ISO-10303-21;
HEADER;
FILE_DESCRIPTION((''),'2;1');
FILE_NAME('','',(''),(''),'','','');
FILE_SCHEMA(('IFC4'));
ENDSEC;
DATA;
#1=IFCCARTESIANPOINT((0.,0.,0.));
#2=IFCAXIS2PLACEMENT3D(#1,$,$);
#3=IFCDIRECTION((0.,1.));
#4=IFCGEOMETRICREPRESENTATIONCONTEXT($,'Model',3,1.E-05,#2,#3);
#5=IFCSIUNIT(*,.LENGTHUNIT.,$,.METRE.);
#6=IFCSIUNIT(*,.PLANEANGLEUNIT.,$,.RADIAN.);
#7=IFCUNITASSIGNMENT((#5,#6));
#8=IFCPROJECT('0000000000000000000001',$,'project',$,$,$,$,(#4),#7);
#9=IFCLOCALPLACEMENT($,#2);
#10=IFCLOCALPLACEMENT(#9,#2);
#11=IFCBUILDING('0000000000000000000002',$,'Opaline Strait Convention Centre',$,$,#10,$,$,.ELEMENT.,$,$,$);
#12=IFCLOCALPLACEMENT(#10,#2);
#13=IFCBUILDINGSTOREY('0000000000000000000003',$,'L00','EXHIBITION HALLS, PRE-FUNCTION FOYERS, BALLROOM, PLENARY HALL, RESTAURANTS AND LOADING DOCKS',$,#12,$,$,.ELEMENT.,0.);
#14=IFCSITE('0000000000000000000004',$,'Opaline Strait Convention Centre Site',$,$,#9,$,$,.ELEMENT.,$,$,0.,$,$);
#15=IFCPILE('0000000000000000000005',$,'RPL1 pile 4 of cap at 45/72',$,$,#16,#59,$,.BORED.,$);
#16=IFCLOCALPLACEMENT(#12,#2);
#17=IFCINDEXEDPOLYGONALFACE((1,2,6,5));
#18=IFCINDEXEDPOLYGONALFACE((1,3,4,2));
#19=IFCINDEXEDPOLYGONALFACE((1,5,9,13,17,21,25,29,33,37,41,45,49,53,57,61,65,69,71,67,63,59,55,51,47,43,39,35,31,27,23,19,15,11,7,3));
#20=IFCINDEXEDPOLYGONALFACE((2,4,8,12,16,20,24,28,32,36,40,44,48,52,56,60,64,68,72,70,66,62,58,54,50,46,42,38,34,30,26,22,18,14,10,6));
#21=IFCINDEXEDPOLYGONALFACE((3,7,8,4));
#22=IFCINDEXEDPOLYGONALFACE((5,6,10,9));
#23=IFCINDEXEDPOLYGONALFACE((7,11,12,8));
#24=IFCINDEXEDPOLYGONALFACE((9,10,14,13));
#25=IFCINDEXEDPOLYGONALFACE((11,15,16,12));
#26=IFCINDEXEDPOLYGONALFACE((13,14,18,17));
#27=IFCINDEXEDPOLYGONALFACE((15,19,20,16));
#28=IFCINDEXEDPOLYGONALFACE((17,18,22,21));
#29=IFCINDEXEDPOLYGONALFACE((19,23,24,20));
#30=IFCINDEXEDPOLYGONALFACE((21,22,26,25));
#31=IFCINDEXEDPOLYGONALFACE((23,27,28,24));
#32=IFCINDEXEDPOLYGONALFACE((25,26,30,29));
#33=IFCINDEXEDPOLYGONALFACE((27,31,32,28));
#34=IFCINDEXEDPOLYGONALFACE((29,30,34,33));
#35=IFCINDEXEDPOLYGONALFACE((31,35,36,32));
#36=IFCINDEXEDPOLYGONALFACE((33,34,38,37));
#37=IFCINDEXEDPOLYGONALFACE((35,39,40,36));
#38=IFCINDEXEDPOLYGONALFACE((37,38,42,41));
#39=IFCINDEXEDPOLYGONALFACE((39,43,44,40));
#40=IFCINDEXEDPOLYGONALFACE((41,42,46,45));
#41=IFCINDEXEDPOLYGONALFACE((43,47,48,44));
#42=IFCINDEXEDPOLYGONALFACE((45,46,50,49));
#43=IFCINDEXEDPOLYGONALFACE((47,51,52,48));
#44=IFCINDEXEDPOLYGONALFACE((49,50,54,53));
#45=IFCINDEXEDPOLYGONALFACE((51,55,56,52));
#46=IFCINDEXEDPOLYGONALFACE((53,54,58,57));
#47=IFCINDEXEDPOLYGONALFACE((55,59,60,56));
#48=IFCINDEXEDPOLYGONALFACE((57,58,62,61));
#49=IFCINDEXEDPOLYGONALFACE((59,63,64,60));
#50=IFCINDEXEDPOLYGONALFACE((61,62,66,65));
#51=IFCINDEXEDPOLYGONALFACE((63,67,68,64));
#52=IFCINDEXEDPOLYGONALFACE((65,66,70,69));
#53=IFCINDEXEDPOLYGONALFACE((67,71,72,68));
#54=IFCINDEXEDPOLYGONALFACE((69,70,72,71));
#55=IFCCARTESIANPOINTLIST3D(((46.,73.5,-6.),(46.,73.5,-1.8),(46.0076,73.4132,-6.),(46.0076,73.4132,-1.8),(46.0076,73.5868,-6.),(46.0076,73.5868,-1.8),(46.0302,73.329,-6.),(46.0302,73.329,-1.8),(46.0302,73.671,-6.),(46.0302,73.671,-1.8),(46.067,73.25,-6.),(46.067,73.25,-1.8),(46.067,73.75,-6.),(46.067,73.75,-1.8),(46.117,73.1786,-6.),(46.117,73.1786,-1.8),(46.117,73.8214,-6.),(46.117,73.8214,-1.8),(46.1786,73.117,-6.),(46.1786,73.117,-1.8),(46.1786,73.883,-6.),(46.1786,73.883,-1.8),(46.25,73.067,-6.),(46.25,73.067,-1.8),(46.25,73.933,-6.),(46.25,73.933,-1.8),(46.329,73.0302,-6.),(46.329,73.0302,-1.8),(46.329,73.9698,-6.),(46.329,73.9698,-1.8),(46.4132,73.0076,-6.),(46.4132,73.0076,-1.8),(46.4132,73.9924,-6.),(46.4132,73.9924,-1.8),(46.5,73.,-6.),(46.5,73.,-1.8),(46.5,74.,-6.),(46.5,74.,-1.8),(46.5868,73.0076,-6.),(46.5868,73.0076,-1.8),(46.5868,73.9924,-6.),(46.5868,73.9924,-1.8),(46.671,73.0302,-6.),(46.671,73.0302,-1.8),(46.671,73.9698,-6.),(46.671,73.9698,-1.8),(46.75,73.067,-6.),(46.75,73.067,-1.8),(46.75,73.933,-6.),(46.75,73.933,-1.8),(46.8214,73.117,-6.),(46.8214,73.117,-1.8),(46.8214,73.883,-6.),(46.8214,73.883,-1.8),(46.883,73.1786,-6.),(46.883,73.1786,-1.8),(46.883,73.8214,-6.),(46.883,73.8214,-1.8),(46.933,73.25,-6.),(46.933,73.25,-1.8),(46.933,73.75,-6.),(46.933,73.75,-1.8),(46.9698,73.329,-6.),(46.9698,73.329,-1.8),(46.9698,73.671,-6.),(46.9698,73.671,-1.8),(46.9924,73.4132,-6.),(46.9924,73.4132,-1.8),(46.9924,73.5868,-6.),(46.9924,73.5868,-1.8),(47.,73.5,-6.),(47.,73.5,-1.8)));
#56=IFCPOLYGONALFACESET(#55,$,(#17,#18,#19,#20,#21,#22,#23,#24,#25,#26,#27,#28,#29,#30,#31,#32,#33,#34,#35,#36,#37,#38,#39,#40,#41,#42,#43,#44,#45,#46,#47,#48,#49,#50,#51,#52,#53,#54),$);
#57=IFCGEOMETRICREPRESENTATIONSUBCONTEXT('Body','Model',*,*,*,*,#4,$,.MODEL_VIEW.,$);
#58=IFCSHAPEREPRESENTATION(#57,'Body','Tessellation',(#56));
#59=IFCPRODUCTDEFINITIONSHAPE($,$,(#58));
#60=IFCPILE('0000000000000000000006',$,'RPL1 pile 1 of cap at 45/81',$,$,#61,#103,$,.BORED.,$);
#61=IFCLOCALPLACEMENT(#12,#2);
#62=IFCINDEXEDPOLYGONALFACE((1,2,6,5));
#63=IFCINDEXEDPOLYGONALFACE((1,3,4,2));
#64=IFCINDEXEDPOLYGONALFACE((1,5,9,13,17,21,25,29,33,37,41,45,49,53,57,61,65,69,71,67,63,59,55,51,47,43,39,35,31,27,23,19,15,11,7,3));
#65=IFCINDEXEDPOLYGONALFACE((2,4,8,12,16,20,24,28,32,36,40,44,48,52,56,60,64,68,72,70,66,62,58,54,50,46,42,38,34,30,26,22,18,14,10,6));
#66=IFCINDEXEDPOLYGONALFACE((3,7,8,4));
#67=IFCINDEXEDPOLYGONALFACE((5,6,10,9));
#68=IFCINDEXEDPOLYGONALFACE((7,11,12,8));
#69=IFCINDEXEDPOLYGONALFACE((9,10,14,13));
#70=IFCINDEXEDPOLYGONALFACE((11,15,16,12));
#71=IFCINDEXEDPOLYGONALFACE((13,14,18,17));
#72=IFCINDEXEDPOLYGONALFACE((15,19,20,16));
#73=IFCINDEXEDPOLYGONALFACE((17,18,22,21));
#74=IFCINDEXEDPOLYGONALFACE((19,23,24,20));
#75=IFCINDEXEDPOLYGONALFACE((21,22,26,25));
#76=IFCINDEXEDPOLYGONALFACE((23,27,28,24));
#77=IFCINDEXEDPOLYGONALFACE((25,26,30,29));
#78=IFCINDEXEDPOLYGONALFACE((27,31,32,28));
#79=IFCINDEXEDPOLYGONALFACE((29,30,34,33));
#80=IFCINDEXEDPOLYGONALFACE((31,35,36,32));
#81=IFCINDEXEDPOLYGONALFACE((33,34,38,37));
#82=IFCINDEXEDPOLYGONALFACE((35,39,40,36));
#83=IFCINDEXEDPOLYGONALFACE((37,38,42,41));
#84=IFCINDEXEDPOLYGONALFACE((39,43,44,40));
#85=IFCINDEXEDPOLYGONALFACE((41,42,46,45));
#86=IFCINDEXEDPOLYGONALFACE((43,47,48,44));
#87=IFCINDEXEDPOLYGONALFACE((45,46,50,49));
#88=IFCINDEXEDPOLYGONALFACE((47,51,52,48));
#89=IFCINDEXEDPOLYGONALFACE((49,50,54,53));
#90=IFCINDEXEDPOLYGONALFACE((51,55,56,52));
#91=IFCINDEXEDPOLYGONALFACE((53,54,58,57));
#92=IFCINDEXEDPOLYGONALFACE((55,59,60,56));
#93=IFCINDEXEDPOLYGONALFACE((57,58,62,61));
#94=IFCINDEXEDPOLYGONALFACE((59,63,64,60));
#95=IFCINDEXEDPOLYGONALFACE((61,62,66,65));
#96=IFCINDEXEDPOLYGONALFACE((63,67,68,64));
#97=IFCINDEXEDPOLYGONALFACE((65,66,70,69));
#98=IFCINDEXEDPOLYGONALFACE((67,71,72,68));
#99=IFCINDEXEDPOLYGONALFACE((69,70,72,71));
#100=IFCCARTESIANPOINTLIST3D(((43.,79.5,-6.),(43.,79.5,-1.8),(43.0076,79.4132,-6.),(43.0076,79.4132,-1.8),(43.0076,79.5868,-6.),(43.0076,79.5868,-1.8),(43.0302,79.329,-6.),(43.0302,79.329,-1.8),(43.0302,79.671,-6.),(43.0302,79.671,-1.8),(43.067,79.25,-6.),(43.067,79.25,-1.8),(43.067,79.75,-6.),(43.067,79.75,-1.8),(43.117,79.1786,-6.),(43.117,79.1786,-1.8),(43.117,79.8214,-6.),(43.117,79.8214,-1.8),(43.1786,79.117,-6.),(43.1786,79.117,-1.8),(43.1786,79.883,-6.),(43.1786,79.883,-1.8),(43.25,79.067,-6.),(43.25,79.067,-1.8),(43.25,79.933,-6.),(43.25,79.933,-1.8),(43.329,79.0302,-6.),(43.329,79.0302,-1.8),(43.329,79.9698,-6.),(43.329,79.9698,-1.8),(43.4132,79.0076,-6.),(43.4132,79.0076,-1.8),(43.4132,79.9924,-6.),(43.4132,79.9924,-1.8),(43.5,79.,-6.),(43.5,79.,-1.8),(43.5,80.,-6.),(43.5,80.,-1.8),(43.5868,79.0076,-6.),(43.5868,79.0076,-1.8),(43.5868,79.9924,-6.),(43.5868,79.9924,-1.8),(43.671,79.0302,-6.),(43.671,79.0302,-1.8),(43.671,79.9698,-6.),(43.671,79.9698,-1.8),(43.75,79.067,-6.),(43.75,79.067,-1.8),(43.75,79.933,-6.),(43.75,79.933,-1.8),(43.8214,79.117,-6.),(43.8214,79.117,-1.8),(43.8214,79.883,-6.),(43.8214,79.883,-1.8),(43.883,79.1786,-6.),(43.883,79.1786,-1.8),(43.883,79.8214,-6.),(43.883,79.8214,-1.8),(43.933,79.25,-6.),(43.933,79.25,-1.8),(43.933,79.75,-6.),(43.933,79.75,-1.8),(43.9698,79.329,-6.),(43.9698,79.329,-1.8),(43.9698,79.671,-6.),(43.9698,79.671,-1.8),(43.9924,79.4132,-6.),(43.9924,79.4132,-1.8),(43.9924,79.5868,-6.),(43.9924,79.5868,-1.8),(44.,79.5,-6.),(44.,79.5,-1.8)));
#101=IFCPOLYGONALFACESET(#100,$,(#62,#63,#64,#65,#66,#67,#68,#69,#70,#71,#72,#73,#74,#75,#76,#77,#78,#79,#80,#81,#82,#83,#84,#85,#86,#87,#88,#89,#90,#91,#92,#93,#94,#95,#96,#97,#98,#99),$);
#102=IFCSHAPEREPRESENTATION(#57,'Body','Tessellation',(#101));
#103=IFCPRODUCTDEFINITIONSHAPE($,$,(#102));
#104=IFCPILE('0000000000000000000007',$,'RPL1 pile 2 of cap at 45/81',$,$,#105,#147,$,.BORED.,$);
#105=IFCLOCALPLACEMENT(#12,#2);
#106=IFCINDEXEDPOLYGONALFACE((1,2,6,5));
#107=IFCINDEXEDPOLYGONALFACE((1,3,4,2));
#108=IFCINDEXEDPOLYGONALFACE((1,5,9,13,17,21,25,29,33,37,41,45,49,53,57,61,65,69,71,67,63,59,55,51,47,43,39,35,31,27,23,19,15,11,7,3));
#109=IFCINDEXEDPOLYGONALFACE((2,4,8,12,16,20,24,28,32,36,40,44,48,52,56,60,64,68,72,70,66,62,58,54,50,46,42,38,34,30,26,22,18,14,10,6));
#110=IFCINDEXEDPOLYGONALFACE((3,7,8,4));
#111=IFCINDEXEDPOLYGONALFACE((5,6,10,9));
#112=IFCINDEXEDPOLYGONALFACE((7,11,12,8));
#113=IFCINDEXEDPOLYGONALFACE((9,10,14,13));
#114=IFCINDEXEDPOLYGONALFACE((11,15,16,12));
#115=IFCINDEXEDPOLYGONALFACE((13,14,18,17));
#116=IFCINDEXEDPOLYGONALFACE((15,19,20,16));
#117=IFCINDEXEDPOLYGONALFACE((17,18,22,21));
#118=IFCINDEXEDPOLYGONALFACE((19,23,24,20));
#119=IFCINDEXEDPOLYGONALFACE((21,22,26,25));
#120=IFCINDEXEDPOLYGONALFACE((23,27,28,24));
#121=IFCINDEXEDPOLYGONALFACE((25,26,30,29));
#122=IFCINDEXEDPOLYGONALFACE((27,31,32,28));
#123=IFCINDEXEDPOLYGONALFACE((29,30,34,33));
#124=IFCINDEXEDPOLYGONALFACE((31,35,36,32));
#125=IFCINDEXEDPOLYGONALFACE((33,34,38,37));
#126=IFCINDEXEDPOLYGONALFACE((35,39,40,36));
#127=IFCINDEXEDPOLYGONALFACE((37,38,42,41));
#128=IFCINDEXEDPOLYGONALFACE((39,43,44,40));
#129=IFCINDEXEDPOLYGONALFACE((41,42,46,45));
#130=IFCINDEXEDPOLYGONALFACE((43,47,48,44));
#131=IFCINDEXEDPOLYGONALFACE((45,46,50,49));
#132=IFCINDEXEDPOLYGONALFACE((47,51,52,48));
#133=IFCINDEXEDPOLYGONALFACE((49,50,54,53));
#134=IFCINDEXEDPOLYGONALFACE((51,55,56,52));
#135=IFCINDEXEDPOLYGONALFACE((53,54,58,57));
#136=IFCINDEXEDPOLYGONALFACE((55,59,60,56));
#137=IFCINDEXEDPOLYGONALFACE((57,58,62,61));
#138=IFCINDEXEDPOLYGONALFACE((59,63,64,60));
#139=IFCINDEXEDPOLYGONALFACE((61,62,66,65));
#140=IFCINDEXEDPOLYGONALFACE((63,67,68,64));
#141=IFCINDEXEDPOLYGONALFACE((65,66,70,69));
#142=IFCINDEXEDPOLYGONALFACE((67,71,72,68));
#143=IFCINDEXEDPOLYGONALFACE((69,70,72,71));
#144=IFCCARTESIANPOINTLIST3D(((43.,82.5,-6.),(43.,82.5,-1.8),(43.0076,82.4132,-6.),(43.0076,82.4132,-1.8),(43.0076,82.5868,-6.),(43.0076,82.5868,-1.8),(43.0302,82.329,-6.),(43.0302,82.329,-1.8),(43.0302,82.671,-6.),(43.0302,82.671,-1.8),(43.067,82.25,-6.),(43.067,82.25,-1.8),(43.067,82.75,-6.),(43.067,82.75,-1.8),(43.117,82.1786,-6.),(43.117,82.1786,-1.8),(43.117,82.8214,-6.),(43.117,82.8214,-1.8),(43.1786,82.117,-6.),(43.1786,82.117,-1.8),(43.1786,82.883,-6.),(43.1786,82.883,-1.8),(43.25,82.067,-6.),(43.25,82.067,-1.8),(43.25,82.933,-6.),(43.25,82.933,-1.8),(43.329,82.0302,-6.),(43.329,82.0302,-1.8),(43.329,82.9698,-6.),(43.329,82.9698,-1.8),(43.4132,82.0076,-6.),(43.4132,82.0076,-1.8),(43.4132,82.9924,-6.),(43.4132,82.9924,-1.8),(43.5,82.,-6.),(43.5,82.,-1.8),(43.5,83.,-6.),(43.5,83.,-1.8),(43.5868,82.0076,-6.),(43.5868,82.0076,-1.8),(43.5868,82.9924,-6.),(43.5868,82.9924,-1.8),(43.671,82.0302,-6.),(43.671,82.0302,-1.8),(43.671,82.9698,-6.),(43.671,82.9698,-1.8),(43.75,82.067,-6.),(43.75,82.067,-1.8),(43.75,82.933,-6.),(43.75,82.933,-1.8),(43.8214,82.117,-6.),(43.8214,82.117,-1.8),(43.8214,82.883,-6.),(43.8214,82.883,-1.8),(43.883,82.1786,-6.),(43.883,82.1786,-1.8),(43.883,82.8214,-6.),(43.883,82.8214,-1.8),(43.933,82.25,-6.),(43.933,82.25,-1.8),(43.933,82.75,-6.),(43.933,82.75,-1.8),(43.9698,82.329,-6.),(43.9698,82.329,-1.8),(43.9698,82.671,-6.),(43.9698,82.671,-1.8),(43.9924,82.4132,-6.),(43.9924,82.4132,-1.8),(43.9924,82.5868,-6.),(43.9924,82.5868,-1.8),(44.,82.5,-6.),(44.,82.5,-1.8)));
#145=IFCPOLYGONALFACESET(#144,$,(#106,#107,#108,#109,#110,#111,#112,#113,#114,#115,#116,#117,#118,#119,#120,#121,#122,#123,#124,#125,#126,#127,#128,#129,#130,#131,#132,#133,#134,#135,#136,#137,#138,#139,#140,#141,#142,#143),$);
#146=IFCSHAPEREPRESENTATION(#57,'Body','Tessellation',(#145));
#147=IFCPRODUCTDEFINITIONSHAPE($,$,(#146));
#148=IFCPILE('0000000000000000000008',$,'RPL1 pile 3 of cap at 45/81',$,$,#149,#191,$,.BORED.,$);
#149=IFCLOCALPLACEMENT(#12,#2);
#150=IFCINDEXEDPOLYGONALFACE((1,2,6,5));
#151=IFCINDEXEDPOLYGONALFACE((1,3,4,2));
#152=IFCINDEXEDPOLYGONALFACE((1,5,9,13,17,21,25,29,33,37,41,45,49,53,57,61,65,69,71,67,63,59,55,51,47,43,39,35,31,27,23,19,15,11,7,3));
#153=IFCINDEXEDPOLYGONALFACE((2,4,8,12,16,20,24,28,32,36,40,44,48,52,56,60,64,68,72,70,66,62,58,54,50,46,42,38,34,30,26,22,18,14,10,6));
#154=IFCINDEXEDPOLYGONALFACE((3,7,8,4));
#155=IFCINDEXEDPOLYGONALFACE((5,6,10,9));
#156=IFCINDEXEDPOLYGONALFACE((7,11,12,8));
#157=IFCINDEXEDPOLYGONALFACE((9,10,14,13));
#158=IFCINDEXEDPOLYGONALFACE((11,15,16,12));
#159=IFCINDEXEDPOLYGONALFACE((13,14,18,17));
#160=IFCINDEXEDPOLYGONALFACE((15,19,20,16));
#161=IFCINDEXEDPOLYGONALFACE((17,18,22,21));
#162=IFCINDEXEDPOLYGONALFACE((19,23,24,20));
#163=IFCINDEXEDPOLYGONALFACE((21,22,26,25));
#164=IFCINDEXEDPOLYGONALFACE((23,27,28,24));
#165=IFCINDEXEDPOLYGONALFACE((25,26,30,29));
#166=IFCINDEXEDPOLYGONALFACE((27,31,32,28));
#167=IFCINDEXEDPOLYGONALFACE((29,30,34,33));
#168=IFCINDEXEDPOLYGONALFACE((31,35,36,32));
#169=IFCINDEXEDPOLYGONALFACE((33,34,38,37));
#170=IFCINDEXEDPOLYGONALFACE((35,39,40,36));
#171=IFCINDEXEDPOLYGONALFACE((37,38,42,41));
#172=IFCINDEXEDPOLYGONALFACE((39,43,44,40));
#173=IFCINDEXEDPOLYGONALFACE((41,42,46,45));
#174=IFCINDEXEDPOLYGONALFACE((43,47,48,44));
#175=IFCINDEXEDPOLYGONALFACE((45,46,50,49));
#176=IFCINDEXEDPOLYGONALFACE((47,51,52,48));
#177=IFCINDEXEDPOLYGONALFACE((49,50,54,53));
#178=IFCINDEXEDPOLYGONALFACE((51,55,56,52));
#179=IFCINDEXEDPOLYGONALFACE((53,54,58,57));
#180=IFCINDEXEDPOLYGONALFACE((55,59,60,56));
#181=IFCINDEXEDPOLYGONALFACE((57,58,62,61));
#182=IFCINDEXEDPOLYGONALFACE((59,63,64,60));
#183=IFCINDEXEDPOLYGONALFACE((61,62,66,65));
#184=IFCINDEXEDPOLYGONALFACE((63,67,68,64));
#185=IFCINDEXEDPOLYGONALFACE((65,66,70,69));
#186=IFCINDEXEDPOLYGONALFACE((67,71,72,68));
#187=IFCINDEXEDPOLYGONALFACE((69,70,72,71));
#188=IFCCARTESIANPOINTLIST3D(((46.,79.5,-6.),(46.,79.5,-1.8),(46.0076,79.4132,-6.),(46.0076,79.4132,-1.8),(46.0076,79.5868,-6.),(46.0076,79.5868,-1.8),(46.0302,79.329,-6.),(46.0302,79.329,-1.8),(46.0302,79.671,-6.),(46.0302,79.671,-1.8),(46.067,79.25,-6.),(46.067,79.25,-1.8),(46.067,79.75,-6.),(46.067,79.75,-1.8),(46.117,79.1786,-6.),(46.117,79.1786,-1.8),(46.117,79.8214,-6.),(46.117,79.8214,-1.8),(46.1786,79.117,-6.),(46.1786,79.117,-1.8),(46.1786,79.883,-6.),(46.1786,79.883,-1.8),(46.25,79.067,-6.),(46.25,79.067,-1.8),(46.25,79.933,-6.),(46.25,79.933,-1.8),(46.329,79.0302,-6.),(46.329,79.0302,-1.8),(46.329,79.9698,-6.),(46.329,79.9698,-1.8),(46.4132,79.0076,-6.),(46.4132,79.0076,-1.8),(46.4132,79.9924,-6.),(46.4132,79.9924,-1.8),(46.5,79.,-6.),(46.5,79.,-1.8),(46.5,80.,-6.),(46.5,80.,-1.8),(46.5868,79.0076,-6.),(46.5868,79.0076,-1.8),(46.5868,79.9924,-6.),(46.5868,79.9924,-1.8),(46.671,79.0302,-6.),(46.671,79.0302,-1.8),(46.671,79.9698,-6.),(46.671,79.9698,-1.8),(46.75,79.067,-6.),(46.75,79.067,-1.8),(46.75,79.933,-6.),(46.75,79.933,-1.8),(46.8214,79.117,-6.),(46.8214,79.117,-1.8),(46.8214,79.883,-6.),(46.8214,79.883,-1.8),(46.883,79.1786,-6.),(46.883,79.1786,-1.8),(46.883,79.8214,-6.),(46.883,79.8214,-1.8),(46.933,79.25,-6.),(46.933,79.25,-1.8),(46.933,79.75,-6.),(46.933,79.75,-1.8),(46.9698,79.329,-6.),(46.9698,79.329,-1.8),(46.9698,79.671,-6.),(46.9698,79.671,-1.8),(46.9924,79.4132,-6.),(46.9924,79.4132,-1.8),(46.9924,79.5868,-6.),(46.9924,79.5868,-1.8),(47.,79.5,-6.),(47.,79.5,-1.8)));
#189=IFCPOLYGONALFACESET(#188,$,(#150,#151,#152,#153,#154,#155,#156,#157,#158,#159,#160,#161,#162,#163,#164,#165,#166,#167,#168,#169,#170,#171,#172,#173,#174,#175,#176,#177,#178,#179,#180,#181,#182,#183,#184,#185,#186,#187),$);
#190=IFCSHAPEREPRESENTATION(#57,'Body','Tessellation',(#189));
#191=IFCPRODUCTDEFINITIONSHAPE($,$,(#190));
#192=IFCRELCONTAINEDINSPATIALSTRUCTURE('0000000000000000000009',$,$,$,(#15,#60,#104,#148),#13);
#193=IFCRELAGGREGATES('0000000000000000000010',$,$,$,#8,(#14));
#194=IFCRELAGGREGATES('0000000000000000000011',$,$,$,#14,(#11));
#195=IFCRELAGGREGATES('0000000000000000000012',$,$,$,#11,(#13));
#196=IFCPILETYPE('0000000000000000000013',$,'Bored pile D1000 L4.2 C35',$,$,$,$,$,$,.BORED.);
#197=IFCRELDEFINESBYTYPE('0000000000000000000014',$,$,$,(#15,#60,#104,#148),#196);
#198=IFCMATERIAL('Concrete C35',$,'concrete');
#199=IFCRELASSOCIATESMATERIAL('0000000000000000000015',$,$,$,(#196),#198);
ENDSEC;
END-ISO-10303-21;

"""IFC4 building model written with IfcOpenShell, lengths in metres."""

from ifc_helpers import new_model, si_unit, direction, frame, origin, origin_2d, place, context, subcontext, project, spatial, circle, extrude, material, material_profile, profile_set, type_object, element, save


model = new_model("IFC4")

# Units and contexts
model_context = context("Model", 3, precision=1e-05, world=origin(), true_north=direction((0.0, 1.0)))
body_context = subcontext(model_context, "Body", "Model", "MODEL_VIEW")
ifc_project = project(units=[si_unit("LENGTHUNIT", "METRE"), si_unit("PLANEANGLEUNIT", "RADIAN")], contexts=[model_context])

# Site, building, storey
site_placement = place(None, origin())
site = spatial("IfcSite", under=ifc_project, at=site_placement, Name="Opaline Strait Convention Centre Site", CompositionType="ELEMENT", RefElevation=0.0)
building_placement = place(site_placement, origin())
building = spatial("IfcBuilding", under=site, at=building_placement, Name="Opaline Strait Convention Centre", CompositionType="ELEMENT")
storey_placement = place(building_placement, origin())
storey = spatial("IfcBuildingStorey", under=building, at=storey_placement, Name="L00", Description="EXHIBITION HALLS, PRE-FUNCTION FOYERS, BALLROOM, PLENARY HALL, RESTAURANTS AND LOADING DOCKS", CompositionType="ELEMENT", Elevation=0.0)

# Piles
ifc_material_1 = material(Name="Concrete C35", Category="concrete")
ifc_material_profile_1 = material_profile(ifc_material_1, circle(Radius=0.5, at=origin_2d()), Name="D1000")
ifc_profile_set_1 = profile_set([ifc_material_profile_1], Name="Concrete C35")
pile_type = type_object("IfcPileType", Name="Bored pile D1000 L4.2 C35", PredefinedType="BORED", material=ifc_profile_set_1)
for number, where, z_axis, x_axis, name in (
    (1, (46.5, 73.5, -1.8), (0.0, 0.0, -1.0), (1.0, 0.0, 0.0), "RPL1 pile 4 of cap at 45/72"),
    (2, (43.5, 79.5, -1.8), (0.0, 0.0, -1.0), (1.0, 0.0, 0.0), "RPL1 pile 1 of cap at 45/81"),
    (3, (43.5, 82.5, -1.8), (0.0, 0.0, -1.0), (1.0, 0.0, 0.0), "RPL1 pile 2 of cap at 45/81"),
    (4, (46.5, 79.5, -1.8), (0.0, 0.0, -1.0), (1.0, 0.0, 0.0), "RPL1 pile 3 of cap at 45/81"),
):
    element("IfcPile", number, at=place(storey_placement, frame(where, z_axis=z_axis, x_axis=x_axis)), inside=storey, type_object=pile_type, Name=name, PredefinedType="BORED", context=body_context, shape_type="SweptSolid", body=[
        extrude(circle(Radius=0.5, at=origin_2d()), origin(), (0.0, 0.0, 1.0), 4.2),
    ])

save(model, "model.ifc")
